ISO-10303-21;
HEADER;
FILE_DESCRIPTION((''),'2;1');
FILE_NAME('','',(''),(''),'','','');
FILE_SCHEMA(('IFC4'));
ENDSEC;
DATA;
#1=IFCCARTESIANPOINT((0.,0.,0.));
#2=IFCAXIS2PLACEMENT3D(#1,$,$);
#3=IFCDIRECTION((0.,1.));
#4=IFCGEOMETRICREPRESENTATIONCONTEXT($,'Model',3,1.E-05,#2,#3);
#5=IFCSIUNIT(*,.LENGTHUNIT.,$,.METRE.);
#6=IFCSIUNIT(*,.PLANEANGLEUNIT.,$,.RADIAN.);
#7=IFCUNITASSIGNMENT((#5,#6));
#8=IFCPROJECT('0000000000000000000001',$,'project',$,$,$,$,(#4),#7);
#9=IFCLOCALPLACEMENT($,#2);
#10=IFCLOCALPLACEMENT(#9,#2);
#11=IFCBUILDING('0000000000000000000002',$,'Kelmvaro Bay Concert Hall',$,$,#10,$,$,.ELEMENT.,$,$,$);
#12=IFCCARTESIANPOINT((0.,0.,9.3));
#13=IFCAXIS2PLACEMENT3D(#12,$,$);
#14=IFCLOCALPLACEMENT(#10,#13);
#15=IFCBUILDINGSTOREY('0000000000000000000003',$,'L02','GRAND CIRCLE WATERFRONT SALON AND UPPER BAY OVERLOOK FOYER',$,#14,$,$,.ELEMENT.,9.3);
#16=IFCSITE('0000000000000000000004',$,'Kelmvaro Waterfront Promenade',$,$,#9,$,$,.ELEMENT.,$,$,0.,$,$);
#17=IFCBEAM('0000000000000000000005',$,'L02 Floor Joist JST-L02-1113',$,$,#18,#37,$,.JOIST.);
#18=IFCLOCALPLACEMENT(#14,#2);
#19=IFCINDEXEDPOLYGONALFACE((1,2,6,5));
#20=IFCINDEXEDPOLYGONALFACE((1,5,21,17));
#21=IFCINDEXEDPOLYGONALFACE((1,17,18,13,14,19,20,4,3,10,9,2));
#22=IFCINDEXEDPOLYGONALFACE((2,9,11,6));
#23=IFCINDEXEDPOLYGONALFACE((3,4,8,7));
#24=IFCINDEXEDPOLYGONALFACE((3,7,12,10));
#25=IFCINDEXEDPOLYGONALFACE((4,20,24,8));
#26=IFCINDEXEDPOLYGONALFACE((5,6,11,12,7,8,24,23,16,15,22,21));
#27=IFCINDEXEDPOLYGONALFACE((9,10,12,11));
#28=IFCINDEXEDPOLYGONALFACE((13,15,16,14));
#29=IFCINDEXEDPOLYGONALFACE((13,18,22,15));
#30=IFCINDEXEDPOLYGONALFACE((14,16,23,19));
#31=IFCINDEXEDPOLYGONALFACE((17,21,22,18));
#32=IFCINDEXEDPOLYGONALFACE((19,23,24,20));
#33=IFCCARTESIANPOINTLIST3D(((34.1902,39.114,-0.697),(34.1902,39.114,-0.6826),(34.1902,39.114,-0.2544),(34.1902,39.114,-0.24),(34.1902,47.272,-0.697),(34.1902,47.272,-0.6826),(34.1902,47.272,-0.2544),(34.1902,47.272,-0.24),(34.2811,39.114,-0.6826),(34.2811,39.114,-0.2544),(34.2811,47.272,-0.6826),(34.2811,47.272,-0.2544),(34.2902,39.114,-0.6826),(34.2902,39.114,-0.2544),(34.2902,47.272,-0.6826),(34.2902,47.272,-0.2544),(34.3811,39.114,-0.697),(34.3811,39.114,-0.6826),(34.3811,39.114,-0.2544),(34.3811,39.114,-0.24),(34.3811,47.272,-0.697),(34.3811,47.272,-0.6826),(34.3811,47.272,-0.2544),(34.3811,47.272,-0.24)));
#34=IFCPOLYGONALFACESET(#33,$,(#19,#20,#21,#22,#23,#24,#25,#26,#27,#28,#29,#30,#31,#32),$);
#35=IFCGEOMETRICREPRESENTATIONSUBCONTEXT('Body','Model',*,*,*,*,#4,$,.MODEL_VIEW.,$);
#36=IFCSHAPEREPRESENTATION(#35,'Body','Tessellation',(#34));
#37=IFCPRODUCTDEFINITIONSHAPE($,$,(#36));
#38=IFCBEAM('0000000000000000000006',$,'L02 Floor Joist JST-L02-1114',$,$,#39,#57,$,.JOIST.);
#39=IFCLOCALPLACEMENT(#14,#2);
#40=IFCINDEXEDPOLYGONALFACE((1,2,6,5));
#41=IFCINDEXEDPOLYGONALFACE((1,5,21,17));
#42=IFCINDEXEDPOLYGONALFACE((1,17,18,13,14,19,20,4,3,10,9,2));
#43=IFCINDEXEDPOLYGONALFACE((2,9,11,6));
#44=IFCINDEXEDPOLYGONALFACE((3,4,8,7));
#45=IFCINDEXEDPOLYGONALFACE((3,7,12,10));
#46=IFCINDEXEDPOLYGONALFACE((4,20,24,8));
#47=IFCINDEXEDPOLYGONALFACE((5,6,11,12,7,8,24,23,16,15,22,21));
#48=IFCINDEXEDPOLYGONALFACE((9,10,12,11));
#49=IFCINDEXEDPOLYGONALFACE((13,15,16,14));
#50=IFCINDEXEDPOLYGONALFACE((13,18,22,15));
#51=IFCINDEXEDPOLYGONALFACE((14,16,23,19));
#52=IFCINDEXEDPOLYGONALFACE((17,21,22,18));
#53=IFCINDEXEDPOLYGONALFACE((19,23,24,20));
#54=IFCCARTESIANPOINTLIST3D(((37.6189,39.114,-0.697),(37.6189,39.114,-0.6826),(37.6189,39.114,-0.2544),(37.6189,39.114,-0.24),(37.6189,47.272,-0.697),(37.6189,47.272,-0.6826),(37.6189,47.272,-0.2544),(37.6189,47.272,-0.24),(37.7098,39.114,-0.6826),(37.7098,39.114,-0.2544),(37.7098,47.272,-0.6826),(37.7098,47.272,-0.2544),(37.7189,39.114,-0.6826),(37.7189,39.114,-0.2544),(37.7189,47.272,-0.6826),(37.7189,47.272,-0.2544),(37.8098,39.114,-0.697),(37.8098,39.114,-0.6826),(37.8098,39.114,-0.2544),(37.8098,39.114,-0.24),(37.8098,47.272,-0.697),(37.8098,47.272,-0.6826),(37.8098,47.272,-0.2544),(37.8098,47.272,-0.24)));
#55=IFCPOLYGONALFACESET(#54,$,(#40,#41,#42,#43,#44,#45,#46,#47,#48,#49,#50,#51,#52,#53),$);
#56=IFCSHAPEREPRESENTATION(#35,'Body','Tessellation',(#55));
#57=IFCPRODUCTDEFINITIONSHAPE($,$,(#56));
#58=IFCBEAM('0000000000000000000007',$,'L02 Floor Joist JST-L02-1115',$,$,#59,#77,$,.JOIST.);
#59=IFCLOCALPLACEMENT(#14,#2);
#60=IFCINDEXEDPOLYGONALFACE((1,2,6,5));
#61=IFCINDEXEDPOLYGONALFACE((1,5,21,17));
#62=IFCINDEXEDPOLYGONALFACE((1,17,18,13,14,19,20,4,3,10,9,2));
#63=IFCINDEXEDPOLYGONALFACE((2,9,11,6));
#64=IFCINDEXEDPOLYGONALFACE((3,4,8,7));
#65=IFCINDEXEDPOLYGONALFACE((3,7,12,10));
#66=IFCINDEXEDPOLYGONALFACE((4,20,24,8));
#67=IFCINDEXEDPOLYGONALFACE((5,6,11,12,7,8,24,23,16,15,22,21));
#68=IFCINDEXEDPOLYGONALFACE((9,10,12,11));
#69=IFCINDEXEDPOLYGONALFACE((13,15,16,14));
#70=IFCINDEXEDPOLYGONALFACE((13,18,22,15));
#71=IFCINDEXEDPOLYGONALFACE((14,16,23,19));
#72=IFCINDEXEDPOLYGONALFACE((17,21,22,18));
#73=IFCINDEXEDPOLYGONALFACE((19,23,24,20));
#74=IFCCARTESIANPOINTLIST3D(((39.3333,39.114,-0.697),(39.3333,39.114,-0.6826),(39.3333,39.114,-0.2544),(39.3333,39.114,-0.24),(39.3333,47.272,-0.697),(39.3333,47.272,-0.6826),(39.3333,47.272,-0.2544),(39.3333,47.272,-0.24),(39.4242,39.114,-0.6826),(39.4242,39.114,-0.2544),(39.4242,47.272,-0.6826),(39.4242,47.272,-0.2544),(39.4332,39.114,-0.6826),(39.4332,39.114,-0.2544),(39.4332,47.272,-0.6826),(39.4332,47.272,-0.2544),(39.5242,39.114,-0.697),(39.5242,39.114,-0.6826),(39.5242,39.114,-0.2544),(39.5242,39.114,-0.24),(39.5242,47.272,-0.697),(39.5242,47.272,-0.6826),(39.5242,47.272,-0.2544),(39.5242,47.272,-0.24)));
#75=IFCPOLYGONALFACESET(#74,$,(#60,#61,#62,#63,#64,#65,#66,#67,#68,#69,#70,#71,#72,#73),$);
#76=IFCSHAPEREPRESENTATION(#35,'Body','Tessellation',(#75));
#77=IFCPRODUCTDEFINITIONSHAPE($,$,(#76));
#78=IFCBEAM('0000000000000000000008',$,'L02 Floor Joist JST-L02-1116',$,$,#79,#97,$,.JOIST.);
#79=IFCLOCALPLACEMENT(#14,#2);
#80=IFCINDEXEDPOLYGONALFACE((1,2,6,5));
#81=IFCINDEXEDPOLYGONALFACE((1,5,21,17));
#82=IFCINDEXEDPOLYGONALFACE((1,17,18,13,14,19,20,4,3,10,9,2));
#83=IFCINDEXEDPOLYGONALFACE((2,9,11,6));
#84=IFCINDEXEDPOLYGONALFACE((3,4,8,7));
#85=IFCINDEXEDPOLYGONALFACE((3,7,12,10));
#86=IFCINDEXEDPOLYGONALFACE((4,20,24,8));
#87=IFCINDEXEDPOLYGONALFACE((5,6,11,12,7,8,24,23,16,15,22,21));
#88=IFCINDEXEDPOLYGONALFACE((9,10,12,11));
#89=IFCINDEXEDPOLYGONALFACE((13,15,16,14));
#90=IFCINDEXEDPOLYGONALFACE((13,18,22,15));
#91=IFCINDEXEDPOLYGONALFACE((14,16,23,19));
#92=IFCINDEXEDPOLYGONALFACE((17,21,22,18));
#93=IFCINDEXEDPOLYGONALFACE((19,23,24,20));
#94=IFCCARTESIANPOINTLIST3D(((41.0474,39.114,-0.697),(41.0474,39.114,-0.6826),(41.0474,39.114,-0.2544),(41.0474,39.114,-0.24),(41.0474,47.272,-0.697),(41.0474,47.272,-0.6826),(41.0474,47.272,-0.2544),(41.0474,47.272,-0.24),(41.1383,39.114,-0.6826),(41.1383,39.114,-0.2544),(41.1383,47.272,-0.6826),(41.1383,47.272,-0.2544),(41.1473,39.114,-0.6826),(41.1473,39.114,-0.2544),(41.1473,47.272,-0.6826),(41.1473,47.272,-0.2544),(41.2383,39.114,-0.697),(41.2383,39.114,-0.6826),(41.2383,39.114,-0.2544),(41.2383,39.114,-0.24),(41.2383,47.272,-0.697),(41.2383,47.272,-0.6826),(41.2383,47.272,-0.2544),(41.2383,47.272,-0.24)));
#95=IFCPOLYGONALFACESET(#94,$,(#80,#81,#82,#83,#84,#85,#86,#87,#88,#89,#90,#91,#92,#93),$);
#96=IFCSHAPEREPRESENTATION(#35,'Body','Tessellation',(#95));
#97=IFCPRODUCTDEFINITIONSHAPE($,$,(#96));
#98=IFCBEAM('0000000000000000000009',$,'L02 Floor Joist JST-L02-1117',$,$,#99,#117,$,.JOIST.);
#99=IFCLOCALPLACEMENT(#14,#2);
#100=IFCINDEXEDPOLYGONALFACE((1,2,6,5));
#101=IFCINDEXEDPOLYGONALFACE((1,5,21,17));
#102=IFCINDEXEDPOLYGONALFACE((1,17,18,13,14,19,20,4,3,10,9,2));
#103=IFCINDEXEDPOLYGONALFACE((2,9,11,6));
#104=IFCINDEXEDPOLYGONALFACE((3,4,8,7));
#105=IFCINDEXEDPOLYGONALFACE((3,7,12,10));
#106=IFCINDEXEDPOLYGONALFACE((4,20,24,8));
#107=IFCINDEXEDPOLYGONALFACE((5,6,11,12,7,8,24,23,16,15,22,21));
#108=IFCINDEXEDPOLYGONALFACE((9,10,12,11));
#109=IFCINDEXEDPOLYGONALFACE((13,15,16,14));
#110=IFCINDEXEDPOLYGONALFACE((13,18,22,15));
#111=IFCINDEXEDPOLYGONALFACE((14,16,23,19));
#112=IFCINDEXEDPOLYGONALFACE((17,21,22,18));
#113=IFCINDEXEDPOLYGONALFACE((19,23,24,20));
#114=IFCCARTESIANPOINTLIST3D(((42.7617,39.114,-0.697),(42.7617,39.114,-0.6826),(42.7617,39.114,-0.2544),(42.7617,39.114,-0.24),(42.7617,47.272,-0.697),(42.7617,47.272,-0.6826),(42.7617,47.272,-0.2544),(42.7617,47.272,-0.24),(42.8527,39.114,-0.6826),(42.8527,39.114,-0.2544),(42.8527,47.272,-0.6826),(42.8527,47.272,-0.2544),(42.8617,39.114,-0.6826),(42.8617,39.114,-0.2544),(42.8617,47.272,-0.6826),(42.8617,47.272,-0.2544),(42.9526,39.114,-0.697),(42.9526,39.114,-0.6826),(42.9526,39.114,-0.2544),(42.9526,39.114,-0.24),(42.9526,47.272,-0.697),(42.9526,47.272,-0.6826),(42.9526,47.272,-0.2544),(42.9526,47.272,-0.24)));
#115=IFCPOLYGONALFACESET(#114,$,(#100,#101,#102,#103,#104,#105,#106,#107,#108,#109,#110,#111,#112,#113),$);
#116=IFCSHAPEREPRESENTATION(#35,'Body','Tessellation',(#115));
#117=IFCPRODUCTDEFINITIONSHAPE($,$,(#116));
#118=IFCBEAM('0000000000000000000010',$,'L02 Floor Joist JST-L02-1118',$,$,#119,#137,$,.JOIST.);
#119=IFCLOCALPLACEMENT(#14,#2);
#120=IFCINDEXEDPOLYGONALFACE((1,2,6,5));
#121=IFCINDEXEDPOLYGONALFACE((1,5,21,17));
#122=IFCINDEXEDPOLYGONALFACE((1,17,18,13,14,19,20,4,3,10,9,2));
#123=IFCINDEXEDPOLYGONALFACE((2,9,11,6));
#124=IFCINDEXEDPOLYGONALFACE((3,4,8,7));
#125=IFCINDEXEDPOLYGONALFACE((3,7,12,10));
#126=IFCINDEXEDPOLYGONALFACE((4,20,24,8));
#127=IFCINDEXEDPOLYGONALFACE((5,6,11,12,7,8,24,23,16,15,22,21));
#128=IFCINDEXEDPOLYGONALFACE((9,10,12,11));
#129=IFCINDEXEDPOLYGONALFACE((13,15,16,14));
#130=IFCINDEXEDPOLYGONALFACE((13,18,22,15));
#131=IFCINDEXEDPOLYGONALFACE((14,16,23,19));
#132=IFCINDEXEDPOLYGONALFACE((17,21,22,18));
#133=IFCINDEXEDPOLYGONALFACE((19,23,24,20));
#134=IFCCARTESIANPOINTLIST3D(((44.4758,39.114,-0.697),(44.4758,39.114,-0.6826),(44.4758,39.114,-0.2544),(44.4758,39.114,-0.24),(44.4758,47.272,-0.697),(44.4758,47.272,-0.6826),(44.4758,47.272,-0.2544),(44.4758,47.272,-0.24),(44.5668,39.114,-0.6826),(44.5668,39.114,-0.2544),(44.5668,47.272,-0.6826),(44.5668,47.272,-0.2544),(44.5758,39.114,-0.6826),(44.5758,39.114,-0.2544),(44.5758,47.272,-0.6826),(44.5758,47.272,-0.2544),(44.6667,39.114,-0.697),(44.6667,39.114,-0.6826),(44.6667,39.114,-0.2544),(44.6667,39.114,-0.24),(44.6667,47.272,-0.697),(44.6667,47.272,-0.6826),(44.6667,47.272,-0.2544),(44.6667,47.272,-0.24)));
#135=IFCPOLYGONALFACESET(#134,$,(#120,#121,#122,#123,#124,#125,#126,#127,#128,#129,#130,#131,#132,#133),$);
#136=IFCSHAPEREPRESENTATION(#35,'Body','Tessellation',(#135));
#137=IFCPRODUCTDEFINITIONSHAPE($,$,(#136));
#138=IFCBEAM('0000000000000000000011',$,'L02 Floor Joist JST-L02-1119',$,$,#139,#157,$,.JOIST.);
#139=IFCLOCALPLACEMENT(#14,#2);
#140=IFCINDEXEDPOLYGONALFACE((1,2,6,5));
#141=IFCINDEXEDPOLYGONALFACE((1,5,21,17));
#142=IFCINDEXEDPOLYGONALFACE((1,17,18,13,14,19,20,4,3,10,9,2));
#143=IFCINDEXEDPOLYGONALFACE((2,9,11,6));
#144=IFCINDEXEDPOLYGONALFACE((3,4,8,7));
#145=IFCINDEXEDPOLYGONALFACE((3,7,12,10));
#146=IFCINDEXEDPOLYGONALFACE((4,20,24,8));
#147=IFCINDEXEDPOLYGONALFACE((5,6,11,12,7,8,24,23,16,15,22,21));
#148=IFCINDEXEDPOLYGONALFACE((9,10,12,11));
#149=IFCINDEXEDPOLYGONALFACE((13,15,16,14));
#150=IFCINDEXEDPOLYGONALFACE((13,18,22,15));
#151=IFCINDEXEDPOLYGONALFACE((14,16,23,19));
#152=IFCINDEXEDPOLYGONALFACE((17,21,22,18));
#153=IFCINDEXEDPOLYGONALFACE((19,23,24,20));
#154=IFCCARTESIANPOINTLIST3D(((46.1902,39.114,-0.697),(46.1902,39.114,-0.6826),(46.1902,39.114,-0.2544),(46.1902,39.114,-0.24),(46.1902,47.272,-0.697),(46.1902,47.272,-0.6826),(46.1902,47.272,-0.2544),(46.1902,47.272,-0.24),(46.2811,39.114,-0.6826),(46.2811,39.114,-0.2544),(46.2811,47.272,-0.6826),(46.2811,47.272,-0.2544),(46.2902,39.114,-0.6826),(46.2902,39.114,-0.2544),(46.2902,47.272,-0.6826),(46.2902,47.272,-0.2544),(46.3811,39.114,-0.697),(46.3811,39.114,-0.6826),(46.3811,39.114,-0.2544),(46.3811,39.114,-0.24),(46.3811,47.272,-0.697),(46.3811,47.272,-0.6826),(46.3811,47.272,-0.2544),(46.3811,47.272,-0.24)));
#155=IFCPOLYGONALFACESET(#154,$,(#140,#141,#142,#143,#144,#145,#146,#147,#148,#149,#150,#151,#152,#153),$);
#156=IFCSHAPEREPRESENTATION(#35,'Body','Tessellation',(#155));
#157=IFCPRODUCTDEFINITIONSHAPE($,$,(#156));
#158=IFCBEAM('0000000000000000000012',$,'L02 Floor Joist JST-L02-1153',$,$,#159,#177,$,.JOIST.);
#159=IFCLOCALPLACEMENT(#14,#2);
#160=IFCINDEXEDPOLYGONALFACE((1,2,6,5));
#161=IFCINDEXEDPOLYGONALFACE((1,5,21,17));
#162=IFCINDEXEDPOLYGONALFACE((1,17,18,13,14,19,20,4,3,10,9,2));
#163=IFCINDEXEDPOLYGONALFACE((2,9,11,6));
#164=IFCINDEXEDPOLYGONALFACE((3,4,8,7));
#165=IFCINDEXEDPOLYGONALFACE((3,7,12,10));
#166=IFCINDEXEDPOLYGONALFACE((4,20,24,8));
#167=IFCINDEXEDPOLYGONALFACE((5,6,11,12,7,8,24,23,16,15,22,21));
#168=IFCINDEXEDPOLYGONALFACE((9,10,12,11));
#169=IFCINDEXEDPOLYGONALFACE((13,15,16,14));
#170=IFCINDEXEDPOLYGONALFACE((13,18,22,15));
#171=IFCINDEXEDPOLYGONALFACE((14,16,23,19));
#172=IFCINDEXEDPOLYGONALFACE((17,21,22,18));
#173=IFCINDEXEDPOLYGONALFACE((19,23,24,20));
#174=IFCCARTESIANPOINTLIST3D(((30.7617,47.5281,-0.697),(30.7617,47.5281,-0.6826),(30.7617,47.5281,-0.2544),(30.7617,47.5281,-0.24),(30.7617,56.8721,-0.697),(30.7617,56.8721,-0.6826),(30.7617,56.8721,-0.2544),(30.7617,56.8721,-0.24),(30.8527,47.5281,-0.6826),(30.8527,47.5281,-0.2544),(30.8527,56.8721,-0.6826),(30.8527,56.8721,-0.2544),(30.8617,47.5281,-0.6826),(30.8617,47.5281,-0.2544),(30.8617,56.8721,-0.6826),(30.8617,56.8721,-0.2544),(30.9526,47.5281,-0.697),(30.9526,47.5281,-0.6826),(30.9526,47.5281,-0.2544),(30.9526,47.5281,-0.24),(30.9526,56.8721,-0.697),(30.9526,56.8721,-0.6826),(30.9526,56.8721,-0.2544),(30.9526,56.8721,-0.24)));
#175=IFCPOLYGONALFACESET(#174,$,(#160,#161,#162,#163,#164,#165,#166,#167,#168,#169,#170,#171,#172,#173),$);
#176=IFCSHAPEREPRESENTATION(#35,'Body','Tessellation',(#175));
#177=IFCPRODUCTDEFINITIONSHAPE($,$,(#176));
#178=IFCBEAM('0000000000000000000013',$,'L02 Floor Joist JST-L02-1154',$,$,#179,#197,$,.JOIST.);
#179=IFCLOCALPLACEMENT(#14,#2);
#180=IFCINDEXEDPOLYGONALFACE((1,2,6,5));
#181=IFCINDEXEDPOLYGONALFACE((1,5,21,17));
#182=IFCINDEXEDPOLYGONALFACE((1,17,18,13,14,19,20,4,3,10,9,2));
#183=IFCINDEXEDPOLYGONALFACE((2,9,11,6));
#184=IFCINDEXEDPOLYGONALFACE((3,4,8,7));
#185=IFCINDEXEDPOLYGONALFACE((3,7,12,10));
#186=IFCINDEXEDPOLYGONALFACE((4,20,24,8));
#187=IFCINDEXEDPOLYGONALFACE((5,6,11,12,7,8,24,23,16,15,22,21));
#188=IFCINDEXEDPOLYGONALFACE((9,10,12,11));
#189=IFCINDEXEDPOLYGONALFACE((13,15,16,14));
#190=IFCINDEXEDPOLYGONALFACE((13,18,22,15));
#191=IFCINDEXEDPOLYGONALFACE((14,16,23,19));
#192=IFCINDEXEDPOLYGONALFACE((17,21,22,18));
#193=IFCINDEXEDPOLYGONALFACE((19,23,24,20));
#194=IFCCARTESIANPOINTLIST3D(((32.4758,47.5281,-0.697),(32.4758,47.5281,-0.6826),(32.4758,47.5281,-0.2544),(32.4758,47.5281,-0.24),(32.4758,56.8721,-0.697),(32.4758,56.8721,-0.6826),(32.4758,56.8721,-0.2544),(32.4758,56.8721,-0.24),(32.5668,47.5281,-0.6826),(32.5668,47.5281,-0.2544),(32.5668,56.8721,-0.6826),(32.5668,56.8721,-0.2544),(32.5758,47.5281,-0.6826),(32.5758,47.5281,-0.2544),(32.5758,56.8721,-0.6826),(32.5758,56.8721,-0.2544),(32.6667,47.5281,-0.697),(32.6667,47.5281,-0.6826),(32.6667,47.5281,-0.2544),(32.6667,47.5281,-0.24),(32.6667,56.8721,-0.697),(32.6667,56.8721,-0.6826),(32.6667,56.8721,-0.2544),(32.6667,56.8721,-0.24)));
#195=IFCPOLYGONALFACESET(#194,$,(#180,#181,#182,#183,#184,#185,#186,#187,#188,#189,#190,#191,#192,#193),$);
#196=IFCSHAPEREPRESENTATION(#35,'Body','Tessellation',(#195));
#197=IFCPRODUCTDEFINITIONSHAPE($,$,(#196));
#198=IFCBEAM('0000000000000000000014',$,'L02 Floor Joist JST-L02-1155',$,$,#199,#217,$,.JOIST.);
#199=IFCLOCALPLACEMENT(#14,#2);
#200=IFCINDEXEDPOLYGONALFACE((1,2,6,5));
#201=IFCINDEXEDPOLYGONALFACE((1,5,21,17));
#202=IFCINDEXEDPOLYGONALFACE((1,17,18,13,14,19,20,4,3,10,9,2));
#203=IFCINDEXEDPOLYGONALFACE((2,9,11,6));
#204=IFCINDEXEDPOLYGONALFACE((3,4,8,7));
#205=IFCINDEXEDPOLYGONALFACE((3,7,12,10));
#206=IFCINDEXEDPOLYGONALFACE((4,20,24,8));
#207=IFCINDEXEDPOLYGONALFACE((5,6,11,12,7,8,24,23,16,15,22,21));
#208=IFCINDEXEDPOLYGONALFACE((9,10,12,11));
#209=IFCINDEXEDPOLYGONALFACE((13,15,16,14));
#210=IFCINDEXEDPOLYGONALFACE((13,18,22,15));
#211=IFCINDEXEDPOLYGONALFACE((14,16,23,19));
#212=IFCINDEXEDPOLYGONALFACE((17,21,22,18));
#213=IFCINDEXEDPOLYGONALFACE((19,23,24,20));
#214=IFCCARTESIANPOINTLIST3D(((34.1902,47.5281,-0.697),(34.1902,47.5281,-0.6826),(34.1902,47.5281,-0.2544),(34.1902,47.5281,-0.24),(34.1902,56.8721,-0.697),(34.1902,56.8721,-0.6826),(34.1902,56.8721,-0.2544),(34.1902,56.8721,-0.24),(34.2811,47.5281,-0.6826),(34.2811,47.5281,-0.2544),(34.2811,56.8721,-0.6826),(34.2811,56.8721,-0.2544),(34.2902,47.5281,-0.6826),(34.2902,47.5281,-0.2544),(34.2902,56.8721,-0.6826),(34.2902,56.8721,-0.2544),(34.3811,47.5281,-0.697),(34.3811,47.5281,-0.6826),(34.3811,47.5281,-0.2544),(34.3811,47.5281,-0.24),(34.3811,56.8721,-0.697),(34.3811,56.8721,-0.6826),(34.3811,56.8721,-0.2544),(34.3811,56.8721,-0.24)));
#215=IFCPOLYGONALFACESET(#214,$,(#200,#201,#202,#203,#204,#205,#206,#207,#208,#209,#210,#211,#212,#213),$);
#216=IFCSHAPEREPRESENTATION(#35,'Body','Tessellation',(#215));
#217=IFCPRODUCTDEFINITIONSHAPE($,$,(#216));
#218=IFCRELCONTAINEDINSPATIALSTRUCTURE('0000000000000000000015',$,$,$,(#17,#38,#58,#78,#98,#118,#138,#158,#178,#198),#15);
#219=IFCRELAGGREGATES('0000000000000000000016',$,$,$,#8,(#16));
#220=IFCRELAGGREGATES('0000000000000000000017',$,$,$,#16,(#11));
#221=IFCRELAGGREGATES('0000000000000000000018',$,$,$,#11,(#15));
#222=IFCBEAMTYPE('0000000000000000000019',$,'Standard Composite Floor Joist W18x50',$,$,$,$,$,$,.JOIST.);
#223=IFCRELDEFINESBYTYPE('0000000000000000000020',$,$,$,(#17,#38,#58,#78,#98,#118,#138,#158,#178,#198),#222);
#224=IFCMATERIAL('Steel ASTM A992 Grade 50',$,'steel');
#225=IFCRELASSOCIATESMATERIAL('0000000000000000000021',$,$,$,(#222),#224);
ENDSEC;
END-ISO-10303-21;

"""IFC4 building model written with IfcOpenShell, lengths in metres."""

from ifc_helpers import new_model, si_unit, direction, frame, origin, origin_2d, place, context, subcontext, project, spatial, i_section, extrude, material, material_profile, profile_set, type_object, element, save


model = new_model("IFC4")

# Units and contexts
model_context = context("Model", 3, precision=1e-05, world=origin(), true_north=direction((0.0, 1.0)))
body_context = subcontext(model_context, "Body", "Model", "MODEL_VIEW")
ifc_project = project(units=[si_unit("LENGTHUNIT", "METRE"), si_unit("PLANEANGLEUNIT", "RADIAN")], contexts=[model_context])

# Site, building, storey
site_placement = place(None, origin())
site = spatial("IfcSite", under=ifc_project, at=site_placement, Name="Kelmvaro Waterfront Promenade", CompositionType="ELEMENT", RefElevation=0.0)
building_placement = place(site_placement, origin())
building = spatial("IfcBuilding", under=site, at=building_placement, Name="Kelmvaro Bay Concert Hall", CompositionType="ELEMENT")
storey_placement = place(building_placement, frame((0.0, 0.0, 9.3)))
storey = spatial("IfcBuildingStorey", under=building, at=storey_placement, Name="L02", Description="GRAND CIRCLE WATERFRONT SALON AND UPPER BAY OVERLOOK FOYER", CompositionType="ELEMENT", Elevation=9.3)

# Beams
ifc_material_1 = material(Name="Steel ASTM A992 Grade 50", Category="steel")
ifc_material_profile_1 = material_profile(ifc_material_1, i_section(OverallWidth=0.1909, OverallDepth=0.457, WebThickness=0.009, FlangeThickness=0.0144, at=origin_2d()), Name="W18X50")
ifc_profile_set_1 = profile_set([ifc_material_profile_1], Name="Steel ASTM A992 Grade 50")
beam_type_1 = type_object("IfcBeamType", Name="Standard Composite Floor Joist W18x50", PredefinedType="JOIST", material=ifc_profile_set_1)
for number, where, z_axis, x_axis, name in (
    (1, (34.2856, 39.114, -0.4685), (0.0, 1.0, 0.0), (-1.0, 0.0, 0.0), "L02 Floor Joist JST-L02-1113"),
    (2, (37.7144, 39.114, -0.4685), (0.0, 1.0, 0.0), (-1.0, 0.0, 0.0), "L02 Floor Joist JST-L02-1114"),
    (3, (39.4287, 39.114, -0.4685), (0.0, 1.0, 0.0), (-1.0, 0.0, 0.0), "L02 Floor Joist JST-L02-1115"),
    (4, (41.1428, 39.114, -0.4685), (0.0, 1.0, 0.0), (-1.0, 0.0, 0.0), "L02 Floor Joist JST-L02-1116"),
    (5, (42.8572, 39.114, -0.4685), (0.0, 1.0, 0.0), (-1.0, 0.0, 0.0), "L02 Floor Joist JST-L02-1117"),
    (6, (44.5713, 39.114, -0.4685), (0.0, 1.0, 0.0), (-1.0, 0.0, 0.0), "L02 Floor Joist JST-L02-1118"),
    (7, (46.2856, 39.114, -0.4685), (0.0, 1.0, 0.0), (-1.0, 0.0, 0.0), "L02 Floor Joist JST-L02-1119"),
):
    element("IfcBeam", number, at=place(storey_placement, frame(where, z_axis=z_axis, x_axis=x_axis)), inside=storey, type_object=beam_type_1, Name=name, PredefinedType="JOIST", context=body_context, shape_type="SweptSolid", body=[
        extrude(i_section(OverallWidth=0.1909, OverallDepth=0.457, WebThickness=0.009, FlangeThickness=0.0144, at=origin_2d()), origin(), (0.0, 0.0, 1.0), 8.158),
    ])
for number, where, z_axis, x_axis, name in (
    (8, (30.8572, 47.5281, -0.4685), (0.0, 1.0, 0.0), (-1.0, 0.0, 0.0), "L02 Floor Joist JST-L02-1153"),
    (9, (32.5713, 47.5281, -0.4685), (0.0, 1.0, 0.0), (-1.0, 0.0, 0.0), "L02 Floor Joist JST-L02-1154"),
    (10, (34.2856, 47.5281, -0.4685), (0.0, 1.0, 0.0), (-1.0, 0.0, 0.0), "L02 Floor Joist JST-L02-1155"),
):
    element("IfcBeam", number, at=place(storey_placement, frame(where, z_axis=z_axis, x_axis=x_axis)), inside=storey, type_object=beam_type_1, Name=name, PredefinedType="JOIST", context=body_context, shape_type="SweptSolid", body=[
        extrude(i_section(OverallWidth=0.1909, OverallDepth=0.457, WebThickness=0.009, FlangeThickness=0.0144, at=origin_2d()), origin(), (0.0, 0.0, 1.0), 9.344),
    ])

save(model, "model.ifc")
